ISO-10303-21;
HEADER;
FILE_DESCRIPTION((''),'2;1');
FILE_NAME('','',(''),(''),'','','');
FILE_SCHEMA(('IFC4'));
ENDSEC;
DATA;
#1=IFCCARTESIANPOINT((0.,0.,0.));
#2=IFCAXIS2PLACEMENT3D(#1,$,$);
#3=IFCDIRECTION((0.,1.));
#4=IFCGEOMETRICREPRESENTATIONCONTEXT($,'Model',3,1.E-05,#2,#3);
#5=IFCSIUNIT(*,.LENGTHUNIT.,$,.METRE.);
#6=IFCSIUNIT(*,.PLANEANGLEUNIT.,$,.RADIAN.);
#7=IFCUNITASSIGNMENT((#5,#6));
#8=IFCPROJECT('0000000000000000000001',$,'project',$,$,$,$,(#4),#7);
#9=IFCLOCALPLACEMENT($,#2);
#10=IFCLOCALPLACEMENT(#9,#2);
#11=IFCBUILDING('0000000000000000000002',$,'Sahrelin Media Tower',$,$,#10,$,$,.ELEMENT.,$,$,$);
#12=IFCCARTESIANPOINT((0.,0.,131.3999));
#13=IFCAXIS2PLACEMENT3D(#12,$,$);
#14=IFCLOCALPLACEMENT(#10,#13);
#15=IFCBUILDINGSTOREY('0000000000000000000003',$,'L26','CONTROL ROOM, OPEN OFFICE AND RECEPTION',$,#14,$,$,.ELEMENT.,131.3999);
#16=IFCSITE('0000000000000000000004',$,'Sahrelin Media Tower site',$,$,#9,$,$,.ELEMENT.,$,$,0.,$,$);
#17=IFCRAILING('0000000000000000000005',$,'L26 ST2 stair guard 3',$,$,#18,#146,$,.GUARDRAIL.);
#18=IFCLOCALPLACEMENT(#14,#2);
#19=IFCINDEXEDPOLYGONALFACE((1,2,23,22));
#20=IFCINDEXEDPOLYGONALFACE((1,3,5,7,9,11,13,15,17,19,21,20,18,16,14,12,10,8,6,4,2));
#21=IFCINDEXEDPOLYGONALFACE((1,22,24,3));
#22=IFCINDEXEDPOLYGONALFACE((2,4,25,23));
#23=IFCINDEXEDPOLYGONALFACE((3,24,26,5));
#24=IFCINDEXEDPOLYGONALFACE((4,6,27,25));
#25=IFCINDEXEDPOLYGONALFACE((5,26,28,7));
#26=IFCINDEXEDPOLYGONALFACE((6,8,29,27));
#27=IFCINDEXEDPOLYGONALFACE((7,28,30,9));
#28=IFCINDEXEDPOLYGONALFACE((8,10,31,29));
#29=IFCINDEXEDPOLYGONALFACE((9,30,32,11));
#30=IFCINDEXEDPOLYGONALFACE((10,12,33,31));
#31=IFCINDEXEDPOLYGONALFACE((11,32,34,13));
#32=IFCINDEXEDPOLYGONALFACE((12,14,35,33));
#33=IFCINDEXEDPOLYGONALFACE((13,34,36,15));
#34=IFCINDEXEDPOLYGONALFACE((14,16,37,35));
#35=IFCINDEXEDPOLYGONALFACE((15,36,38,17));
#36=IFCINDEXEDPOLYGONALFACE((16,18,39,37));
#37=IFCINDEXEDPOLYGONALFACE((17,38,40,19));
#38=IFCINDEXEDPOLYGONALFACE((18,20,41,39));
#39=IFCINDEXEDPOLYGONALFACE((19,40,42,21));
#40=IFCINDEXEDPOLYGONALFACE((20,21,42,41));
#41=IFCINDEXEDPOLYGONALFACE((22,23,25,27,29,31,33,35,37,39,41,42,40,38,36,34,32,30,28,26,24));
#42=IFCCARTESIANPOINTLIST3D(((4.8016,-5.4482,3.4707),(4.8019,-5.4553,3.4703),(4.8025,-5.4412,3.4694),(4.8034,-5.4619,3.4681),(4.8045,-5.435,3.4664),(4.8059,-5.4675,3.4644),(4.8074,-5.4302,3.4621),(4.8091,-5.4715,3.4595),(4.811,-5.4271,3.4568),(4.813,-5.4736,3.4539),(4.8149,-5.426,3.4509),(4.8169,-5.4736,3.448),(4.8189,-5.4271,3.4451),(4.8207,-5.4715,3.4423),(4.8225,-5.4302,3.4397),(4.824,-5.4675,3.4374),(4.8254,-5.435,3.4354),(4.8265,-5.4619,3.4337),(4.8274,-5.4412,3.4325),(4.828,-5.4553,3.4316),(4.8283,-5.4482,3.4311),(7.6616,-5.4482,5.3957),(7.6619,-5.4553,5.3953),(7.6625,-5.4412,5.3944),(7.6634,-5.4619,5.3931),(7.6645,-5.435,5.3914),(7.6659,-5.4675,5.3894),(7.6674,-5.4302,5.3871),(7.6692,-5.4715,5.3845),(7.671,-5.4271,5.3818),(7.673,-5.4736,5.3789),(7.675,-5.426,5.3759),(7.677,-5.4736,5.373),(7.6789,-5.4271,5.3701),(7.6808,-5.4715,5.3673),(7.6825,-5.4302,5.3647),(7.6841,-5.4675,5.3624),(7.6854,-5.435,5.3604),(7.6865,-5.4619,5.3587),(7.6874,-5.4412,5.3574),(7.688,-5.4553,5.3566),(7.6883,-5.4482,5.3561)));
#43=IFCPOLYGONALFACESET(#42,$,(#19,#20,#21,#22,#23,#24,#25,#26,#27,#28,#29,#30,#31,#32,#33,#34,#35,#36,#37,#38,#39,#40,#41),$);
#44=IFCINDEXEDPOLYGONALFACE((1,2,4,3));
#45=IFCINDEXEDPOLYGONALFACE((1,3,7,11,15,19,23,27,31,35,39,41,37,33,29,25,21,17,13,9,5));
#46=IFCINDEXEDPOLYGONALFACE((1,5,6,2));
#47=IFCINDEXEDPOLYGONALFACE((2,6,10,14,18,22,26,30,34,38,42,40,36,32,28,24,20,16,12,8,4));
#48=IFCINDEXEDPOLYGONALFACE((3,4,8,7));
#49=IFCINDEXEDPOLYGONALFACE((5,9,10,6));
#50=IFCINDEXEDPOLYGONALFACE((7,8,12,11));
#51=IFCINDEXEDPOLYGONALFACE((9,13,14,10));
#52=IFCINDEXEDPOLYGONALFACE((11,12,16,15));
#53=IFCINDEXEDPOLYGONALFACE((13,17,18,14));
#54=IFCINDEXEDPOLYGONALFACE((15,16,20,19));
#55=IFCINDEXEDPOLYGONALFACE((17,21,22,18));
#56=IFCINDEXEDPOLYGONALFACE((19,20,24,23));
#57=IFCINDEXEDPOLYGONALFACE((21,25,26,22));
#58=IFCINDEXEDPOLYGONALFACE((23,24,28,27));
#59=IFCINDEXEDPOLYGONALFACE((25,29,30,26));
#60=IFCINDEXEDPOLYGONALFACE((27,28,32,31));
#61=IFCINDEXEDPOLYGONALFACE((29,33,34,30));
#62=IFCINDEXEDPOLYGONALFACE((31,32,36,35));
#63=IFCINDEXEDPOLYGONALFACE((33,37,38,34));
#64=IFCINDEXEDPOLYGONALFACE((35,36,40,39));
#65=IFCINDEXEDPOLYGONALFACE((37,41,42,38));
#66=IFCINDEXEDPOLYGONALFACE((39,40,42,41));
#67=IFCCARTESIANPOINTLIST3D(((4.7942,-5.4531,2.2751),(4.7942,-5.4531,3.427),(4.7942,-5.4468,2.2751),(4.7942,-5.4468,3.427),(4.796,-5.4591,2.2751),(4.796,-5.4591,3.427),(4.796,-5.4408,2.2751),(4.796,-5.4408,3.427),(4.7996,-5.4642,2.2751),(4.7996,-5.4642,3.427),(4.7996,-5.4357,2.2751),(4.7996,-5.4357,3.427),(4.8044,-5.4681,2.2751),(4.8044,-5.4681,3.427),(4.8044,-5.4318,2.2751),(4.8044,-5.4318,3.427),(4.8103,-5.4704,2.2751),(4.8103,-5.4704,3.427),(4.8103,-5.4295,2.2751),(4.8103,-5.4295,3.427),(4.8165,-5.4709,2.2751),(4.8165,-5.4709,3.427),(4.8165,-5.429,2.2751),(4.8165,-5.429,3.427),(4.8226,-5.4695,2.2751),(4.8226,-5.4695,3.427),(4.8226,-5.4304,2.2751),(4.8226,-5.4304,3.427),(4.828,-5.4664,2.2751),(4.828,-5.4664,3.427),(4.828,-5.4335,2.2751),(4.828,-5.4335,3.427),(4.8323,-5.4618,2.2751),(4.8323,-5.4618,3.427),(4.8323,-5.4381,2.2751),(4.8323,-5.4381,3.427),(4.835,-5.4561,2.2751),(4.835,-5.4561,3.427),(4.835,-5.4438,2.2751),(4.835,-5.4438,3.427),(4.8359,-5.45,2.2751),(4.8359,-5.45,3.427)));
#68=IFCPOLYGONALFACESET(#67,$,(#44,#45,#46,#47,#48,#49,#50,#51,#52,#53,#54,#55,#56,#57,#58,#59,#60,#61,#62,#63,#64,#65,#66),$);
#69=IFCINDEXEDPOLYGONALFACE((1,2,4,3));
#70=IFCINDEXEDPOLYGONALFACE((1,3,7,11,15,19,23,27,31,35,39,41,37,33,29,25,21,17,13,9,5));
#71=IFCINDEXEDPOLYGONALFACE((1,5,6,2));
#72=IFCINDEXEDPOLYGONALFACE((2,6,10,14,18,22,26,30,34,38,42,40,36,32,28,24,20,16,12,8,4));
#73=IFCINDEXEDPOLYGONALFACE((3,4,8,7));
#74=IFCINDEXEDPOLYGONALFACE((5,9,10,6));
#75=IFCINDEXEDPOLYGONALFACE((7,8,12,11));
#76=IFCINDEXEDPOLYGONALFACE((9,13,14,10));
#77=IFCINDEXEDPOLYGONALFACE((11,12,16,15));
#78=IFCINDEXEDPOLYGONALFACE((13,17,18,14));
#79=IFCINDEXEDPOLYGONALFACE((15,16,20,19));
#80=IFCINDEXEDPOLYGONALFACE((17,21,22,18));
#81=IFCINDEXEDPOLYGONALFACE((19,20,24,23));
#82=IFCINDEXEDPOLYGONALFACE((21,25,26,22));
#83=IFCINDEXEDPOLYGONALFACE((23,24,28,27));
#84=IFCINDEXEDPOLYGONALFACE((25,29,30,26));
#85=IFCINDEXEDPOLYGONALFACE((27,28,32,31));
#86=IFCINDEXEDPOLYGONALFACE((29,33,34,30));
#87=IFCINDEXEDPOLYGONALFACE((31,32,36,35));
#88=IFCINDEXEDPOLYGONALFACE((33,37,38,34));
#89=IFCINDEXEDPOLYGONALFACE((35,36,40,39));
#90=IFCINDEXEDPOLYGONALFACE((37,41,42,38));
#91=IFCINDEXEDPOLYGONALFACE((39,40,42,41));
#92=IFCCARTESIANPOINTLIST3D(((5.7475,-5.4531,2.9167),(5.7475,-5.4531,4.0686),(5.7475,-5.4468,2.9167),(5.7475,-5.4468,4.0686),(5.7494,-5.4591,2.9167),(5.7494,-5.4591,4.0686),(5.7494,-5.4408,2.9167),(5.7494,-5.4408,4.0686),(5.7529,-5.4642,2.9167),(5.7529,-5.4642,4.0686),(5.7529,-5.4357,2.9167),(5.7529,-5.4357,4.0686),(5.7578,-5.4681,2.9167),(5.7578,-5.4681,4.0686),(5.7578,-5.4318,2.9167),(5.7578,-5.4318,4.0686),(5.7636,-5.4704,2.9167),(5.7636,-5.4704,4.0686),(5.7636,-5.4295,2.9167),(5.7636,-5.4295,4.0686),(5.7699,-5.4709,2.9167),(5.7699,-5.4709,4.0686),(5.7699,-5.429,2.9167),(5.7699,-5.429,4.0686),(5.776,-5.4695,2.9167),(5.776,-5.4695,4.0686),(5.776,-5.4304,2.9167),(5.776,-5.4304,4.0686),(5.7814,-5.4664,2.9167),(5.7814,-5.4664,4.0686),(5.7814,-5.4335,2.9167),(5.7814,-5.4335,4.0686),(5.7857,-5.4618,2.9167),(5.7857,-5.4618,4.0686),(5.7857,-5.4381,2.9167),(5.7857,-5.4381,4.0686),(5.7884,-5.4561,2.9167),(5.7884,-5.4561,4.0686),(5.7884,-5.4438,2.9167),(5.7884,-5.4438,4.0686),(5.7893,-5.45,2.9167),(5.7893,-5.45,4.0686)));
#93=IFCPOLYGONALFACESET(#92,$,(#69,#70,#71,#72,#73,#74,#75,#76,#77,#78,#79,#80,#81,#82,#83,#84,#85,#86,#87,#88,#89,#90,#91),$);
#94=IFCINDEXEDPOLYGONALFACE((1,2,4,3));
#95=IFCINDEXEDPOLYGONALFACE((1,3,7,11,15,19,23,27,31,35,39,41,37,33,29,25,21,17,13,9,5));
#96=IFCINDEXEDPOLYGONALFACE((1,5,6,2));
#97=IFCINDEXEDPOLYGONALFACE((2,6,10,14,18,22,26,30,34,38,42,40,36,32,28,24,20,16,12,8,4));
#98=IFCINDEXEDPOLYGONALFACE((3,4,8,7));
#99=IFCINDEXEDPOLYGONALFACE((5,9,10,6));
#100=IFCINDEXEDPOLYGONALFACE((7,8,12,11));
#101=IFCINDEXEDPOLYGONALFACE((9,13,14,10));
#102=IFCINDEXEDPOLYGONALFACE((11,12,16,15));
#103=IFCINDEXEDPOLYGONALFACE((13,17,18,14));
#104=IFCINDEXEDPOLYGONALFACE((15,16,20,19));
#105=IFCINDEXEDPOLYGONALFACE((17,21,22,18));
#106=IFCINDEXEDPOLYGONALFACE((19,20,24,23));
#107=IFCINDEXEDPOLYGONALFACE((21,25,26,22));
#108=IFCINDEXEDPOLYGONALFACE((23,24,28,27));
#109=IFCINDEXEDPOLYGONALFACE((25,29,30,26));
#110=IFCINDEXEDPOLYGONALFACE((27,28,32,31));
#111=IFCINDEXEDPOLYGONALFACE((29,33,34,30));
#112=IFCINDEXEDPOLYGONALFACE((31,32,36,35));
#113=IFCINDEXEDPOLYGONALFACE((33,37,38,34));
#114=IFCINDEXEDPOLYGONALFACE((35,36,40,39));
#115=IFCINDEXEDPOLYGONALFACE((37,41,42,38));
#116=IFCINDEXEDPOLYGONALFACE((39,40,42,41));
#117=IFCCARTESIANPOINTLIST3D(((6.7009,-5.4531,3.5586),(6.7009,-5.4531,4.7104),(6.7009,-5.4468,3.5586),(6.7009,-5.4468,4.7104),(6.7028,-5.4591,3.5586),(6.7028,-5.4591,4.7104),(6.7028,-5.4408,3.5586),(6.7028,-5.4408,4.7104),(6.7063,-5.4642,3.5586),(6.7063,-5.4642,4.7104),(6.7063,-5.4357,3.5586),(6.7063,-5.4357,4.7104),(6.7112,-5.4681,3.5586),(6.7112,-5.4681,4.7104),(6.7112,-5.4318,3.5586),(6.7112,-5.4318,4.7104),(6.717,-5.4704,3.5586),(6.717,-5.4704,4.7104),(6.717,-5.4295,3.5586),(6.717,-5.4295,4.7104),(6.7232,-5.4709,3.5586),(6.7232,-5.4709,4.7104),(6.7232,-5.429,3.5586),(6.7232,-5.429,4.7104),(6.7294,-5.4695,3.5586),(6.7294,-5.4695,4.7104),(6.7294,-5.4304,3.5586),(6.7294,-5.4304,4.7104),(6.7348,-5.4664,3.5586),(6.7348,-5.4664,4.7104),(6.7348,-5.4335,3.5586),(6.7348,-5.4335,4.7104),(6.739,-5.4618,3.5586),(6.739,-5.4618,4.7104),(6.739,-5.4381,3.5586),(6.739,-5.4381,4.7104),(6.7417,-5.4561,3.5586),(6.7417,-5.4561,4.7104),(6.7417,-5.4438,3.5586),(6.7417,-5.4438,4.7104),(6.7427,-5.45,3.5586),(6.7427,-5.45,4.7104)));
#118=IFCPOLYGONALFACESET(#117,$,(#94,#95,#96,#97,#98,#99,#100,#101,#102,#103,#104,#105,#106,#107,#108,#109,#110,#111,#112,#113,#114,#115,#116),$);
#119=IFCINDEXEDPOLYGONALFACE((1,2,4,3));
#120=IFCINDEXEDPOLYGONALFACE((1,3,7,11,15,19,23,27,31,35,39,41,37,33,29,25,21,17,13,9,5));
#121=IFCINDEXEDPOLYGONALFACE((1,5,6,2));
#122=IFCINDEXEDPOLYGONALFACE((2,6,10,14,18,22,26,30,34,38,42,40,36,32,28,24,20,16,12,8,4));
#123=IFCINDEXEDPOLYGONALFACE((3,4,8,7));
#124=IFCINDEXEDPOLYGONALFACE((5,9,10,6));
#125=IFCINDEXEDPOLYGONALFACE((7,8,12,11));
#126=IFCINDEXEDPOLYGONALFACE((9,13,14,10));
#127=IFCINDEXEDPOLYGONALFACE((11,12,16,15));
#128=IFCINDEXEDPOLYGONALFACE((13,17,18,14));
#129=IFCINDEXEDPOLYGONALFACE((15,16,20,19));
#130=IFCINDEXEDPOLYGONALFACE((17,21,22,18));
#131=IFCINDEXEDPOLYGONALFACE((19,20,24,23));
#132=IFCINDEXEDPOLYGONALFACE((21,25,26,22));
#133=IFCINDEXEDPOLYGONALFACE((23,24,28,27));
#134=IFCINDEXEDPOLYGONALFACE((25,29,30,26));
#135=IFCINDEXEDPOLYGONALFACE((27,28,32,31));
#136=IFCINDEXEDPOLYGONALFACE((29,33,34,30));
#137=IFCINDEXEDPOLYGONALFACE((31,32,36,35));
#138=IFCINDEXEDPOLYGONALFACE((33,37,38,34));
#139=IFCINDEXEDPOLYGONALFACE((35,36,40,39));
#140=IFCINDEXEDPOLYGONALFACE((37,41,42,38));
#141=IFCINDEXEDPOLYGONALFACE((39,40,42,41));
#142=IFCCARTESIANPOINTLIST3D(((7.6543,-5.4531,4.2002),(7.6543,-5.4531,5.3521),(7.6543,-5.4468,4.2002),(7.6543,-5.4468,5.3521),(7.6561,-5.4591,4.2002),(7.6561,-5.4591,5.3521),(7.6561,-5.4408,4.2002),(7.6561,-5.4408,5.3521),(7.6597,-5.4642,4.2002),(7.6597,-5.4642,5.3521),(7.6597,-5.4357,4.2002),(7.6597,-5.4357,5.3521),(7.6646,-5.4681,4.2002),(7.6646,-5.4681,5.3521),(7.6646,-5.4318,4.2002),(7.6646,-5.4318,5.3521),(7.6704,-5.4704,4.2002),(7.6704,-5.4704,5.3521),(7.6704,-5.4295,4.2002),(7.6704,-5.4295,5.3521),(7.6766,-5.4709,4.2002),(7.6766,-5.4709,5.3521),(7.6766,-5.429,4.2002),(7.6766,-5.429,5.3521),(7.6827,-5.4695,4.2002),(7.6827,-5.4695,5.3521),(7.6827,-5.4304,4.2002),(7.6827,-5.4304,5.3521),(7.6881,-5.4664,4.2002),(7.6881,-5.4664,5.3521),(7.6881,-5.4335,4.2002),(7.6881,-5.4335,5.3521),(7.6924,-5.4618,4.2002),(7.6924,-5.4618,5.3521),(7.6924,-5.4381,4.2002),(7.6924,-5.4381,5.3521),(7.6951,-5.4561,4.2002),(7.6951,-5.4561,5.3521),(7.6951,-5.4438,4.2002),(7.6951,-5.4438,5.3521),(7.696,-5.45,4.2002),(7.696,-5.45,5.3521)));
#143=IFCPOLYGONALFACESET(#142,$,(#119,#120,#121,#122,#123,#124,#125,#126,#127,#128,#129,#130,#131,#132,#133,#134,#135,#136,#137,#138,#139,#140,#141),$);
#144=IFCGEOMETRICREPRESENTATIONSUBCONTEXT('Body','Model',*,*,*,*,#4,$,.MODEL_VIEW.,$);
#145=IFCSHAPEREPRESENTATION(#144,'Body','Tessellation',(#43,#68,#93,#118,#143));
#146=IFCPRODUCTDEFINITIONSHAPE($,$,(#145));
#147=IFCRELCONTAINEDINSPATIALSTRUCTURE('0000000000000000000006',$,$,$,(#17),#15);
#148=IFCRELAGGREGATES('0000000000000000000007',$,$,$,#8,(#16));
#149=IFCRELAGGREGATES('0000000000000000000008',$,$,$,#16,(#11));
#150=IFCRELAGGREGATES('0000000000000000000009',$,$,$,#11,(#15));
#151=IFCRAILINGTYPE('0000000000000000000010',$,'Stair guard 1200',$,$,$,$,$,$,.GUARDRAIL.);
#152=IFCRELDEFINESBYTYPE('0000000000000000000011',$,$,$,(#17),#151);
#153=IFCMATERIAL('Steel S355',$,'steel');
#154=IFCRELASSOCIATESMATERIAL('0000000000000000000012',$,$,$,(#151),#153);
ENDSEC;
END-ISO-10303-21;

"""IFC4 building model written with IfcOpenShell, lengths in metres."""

from ifc_helpers import new_model, si_unit, direction, frame, origin, origin_2d, place, context, subcontext, project, spatial, circle, extrude, material, type_object, element, save


model = new_model("IFC4")

# Units and contexts
model_context = context("Model", 3, precision=1e-05, world=origin(), true_north=direction((0.0, 1.0)))
body_context = subcontext(model_context, "Body", "Model", "MODEL_VIEW")
ifc_project = project(units=[si_unit("LENGTHUNIT", "METRE"), si_unit("PLANEANGLEUNIT", "RADIAN")], contexts=[model_context])

# Site, building, storey
site_placement = place(None, origin())
site = spatial("IfcSite", under=ifc_project, at=site_placement, Name="Sahrelin Media Tower site", CompositionType="ELEMENT", RefElevation=0.0)
building_placement = place(site_placement, origin())
building = spatial("IfcBuilding", under=site, at=building_placement, Name="Sahrelin Media Tower", CompositionType="ELEMENT")
storey_placement = place(building_placement, frame((0.0, 0.0, 131.3999)))
storey = spatial("IfcBuildingStorey", under=building, at=storey_placement, Name="L26", Description="CONTROL ROOM, OPEN OFFICE AND RECEPTION", CompositionType="ELEMENT", Elevation=131.3999)

# Shared definitions
ifc_material_1 = material(Name="Steel S355", Category="steel")

# Railing
railing_type_1 = type_object("IfcRailingType", Name="Stair guard 1200", PredefinedType="GUARDRAIL", material=ifc_material_1)
railing_1_placement = place(storey_placement, frame((4.8149, -5.45, 2.2751)))
element("IfcRailing", 1, at=railing_1_placement, inside=storey, type_object=railing_type_1, Name="L26 ST2 stair guard 3", PredefinedType="GUARDRAIL", context=body_context, shape_type="SweptSolid", body=[
    extrude(circle(Radius=0.0239, at=origin_2d()), frame((0.0, 0.0, 1.1758), z_axis=(0.829591, 0.0, 0.558372), x_axis=(0.0, 1.0, 0.0)), (0.0, 0.0, 1.0), 3.4475),
    extrude(circle(Radius=0.021, at=origin_2d()), origin(), (0.0, 0.0, 1.0), 1.1519),
    extrude(circle(Radius=0.021, at=origin_2d()), frame((0.9534, 0.0, 0.6416)), (0.0, 0.0, 1.0), 1.1519),
    extrude(circle(Radius=0.021, at=origin_2d()), frame((1.9067, 0.0, 1.2834)), (0.0, 0.0, 1.0), 1.1519),
    extrude(circle(Radius=0.021, at=origin_2d()), frame((2.8601, 0.0, 1.925)), (0.0, 0.0, 1.0), 1.1519),
])

save(model, "model.ifc")
